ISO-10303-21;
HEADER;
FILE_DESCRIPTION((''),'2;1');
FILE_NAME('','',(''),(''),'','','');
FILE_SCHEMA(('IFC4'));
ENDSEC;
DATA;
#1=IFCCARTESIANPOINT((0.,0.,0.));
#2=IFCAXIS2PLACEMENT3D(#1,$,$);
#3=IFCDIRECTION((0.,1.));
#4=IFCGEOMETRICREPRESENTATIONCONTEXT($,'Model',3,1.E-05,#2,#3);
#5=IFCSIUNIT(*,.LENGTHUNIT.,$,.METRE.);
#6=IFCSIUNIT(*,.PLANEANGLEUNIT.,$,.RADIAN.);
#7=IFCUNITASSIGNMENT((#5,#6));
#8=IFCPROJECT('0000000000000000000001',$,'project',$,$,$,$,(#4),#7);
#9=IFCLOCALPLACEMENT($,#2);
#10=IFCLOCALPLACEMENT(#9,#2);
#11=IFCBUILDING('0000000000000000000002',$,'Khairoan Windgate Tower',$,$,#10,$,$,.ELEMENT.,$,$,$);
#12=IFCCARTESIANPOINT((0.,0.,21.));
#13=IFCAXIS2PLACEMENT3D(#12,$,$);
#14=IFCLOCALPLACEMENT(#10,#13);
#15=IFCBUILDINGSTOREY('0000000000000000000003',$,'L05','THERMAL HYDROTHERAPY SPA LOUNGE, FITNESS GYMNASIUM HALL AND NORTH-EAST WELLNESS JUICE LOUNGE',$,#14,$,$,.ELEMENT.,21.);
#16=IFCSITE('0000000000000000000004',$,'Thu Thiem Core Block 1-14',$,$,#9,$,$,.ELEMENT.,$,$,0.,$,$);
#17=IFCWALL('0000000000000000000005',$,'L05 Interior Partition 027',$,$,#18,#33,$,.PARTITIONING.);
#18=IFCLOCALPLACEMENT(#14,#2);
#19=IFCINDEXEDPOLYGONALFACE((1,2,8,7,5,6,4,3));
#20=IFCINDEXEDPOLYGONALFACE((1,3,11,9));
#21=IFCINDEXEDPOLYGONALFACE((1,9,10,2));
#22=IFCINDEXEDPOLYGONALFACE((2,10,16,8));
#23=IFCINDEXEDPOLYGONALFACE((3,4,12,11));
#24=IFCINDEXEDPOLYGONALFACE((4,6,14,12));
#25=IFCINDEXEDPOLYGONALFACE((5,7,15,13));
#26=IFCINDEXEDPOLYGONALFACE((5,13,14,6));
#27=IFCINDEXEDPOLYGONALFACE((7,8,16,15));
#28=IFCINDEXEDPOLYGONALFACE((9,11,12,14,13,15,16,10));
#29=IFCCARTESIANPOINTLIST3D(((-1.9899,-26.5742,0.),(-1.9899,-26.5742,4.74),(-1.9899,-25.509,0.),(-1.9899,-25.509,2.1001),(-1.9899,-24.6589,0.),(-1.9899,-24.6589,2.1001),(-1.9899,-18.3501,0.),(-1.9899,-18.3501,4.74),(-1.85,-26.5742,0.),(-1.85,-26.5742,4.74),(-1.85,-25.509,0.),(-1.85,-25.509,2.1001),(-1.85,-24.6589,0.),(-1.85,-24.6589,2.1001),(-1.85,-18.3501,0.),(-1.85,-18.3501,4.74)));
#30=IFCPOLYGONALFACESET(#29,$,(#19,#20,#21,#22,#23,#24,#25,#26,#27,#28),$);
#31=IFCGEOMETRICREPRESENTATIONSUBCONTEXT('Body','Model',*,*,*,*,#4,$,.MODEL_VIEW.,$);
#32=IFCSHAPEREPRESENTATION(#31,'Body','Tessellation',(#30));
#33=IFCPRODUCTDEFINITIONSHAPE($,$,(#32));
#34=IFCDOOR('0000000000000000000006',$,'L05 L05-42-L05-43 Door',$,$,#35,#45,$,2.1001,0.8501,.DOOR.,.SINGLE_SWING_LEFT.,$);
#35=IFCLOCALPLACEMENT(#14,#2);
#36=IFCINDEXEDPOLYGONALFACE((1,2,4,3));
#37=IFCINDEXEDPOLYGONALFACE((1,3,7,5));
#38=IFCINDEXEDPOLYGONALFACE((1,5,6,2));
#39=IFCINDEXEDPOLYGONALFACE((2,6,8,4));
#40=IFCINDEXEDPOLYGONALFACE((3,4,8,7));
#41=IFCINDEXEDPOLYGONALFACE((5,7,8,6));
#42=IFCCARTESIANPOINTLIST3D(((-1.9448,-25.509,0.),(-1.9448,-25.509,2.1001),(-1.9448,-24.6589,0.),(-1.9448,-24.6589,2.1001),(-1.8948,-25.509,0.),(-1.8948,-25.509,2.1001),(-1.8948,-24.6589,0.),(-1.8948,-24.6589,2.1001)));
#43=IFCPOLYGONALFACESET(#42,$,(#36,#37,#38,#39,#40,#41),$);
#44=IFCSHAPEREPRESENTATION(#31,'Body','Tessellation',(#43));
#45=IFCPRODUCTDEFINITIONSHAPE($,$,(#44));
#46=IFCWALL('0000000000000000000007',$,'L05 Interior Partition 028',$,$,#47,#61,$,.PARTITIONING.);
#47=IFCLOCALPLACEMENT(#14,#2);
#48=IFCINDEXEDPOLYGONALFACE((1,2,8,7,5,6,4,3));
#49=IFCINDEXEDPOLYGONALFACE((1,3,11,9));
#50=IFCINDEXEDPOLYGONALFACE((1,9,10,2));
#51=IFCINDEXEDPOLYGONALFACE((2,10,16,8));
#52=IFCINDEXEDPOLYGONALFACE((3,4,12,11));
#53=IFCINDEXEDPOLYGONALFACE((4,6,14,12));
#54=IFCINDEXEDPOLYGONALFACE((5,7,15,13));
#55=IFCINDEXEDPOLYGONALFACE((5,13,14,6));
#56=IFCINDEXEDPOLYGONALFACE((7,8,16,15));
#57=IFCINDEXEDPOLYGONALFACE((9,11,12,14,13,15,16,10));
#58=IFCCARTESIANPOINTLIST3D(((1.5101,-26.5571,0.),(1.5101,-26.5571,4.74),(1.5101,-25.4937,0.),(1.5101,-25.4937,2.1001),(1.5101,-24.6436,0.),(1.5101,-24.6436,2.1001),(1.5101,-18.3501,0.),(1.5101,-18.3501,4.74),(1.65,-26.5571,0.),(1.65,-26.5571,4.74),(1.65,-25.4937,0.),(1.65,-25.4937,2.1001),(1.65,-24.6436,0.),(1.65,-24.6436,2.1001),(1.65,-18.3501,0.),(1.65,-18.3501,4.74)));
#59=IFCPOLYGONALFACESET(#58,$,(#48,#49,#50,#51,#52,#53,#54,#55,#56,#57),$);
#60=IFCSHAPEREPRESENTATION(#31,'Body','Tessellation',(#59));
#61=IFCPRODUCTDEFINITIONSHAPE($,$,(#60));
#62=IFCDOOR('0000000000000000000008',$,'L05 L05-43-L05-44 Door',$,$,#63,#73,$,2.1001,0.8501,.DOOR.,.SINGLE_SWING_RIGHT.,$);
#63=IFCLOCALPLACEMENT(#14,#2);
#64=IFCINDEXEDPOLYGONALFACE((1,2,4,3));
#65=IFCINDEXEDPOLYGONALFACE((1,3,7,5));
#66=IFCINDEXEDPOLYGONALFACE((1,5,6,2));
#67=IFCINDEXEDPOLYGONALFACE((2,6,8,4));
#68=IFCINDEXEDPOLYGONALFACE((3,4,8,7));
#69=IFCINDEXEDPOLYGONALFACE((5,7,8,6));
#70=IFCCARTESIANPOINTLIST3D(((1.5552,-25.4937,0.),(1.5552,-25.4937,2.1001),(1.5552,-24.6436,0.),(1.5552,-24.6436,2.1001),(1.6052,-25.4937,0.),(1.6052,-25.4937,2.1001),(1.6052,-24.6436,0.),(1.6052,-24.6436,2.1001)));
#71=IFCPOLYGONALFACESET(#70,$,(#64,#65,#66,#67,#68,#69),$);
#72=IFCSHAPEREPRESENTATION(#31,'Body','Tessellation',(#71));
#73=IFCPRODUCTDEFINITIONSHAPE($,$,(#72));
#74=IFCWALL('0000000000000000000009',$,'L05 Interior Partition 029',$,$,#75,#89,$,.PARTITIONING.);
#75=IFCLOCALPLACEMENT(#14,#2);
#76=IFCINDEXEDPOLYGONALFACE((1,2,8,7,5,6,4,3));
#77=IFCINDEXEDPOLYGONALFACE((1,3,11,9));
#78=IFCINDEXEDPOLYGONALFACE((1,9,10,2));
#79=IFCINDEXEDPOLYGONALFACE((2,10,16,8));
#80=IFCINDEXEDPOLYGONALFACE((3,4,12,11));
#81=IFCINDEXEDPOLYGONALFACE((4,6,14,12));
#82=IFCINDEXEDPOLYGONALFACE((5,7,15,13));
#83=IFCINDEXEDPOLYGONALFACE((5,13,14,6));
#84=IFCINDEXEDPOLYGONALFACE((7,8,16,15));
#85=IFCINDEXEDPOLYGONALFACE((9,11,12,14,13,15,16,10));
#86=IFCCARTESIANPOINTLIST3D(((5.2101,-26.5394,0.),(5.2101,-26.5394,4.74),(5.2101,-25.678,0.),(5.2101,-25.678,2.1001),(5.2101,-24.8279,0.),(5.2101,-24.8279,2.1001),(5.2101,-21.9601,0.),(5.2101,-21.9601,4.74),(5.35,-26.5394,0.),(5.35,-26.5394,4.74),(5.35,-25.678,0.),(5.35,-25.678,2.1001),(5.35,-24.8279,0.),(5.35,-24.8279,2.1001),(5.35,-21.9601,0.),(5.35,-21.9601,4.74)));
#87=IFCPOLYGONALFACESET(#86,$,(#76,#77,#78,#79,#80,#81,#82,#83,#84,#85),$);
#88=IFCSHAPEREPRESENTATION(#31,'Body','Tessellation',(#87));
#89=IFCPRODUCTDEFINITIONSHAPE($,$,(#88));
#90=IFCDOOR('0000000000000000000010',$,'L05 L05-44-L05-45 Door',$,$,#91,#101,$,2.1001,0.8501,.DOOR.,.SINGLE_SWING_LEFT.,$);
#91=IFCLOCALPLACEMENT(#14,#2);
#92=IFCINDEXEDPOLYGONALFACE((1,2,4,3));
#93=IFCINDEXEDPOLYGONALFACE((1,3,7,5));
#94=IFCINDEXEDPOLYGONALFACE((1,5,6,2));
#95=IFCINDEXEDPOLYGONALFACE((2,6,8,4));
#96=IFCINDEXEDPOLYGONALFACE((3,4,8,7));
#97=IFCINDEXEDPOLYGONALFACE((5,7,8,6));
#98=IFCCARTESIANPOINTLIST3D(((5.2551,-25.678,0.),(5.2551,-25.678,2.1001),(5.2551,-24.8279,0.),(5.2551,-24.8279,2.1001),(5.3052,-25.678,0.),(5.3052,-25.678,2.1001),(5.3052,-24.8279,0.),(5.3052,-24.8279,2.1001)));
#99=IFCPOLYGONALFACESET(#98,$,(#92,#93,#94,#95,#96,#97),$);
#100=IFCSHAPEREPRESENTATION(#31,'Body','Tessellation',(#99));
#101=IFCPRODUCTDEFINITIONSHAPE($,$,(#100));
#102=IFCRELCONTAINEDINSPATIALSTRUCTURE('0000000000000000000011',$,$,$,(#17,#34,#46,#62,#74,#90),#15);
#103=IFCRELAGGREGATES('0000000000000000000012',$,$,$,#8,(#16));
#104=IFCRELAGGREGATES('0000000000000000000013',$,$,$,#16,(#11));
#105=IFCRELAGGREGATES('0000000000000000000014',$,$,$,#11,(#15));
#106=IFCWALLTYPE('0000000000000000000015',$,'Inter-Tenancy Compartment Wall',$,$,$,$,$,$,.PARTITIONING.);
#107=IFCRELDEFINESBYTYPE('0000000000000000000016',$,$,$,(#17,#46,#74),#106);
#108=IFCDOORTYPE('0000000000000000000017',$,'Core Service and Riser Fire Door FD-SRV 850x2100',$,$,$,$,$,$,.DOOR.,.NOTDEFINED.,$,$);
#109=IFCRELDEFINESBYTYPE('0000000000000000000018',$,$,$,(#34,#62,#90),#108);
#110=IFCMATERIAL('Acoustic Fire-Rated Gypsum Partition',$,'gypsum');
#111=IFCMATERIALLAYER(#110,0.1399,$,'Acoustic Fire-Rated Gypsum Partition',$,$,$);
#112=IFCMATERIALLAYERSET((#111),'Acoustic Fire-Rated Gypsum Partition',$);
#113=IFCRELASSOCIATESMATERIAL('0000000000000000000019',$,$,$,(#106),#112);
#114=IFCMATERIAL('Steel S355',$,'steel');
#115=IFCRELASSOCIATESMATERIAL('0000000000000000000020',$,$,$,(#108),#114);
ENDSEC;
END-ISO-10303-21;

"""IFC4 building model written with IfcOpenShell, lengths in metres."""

from ifc_helpers import new_model, si_unit, direction, frame, frame_2d, origin, place, context, subcontext, project, spatial, rectangle, extrude, material, layer, layer_set, type_object, element, fill, save


model = new_model("IFC4")

# Units and contexts
model_context = context("Model", 3, precision=1e-05, world=origin(), true_north=direction((0.0, 1.0)))
body_context = subcontext(model_context, "Body", "Model", "MODEL_VIEW")
ifc_project = project(units=[si_unit("LENGTHUNIT", "METRE"), si_unit("PLANEANGLEUNIT", "RADIAN")], contexts=[model_context])

# Site, building, storey
site_placement = place(None, origin())
site = spatial("IfcSite", under=ifc_project, at=site_placement, Name="Thu Thiem Core Block 1-14", CompositionType="ELEMENT", RefElevation=0.0)
building_placement = place(site_placement, origin())
building = spatial("IfcBuilding", under=site, at=building_placement, Name="Khairoan Windgate Tower", CompositionType="ELEMENT")
storey_placement = place(building_placement, frame((0.0, 0.0, 21.0)))
storey = spatial("IfcBuildingStorey", under=building, at=storey_placement, Name="L05", Description="THERMAL HYDROTHERAPY SPA LOUNGE, FITNESS GYMNASIUM HALL AND NORTH-EAST WELLNESS JUICE LOUNGE", CompositionType="ELEMENT", Elevation=21.0)

# Walls, openings, doors
ifc_material_1 = material(Name="Acoustic Fire-Rated Gypsum Partition", Category="gypsum")
ifc_layer_1 = layer(ifc_material_1, 0.1399, Name="Acoustic Fire-Rated Gypsum Partition")
ifc_layer_set_1 = layer_set([ifc_layer_1], Name="Acoustic Fire-Rated Gypsum Partition")
wall_type_1 = type_object("IfcWallType", Name="Inter-Tenancy Compartment Wall", PredefinedType="PARTITIONING", material=ifc_layer_set_1)
wall_1_placement = place(storey_placement, frame((-1.9199, -26.5742, 0.0), z_axis=(0.0, 0.0, 1.0), x_axis=(0.0, 1.0, 0.0)))
wall_1 = element("IfcWall", 1, at=wall_1_placement, inside=storey, type_object=wall_type_1, Name="L05 Interior Partition 027", PredefinedType="PARTITIONING", context=body_context, shape_type="SweptSolid", body=[
    extrude(rectangle(XDim=8.2241, YDim=0.1399, at=frame_2d((4.1121, 0.0))), origin(), (0.0, 0.0, 1.0), 4.74),
])
opening_1_placement = place(wall_1_placement, frame((1.0652, 0.0, 0.0)))
opening_1 = element("IfcOpeningElement", 2, at=opening_1_placement, cuts=wall_1, PredefinedType="OPENING", context=body_context, shape_type="SweptSolid", body=[
    extrude(rectangle(XDim=0.8501, YDim=2.1001, at=frame_2d((0.425, 1.05))), frame((0.0, 0.0798, 0.0), z_axis=(0.0, -1.0, 0.0), x_axis=(1.0, 0.0, 0.0)), (0.0, 0.0, 1.0), 0.1599),
])
ifc_material_2 = material(Name="Steel S355", Category="steel")
door_type = type_object("IfcDoorType", Name="Core Service and Riser Fire Door FD-SRV 850x2100", OperationType="NOTDEFINED", PredefinedType="DOOR", material=ifc_material_2)
door_1_placement = place(opening_1_placement, origin())
door_1 = element("IfcDoor", 3, at=door_1_placement, inside=storey, type_object=door_type, Name="L05 L05-42-L05-43 Door", OperationType="SINGLE_SWING_LEFT", OverallHeight=2.1001, OverallWidth=0.8501, PredefinedType="DOOR", context=body_context, shape_type="SweptSolid", body=[
    extrude(rectangle(XDim=0.8501, YDim=2.1001, at=frame_2d((0.425, 1.05))), frame((0.0, 0.0249, 0.0), z_axis=(0.0, -1.0, 0.0), x_axis=(1.0, 0.0, 0.0)), (0.0, 0.0, 1.0), 0.05),
])
fill(opening_1, door_1)
wall_2_placement = place(storey_placement, frame((1.5801, -26.5571, 0.0), z_axis=(0.0, 0.0, 1.0), x_axis=(0.0, 1.0, 0.0)))
wall_2 = element("IfcWall", 4, at=wall_2_placement, inside=storey, type_object=wall_type_1, Name="L05 Interior Partition 028", PredefinedType="PARTITIONING", context=body_context, shape_type="SweptSolid", body=[
    extrude(rectangle(XDim=8.207, YDim=0.1399, at=frame_2d((4.1035, 0.0))), origin(), (0.0, 0.0, 1.0), 4.74),
])
opening_2_placement = place(wall_2_placement, frame((1.0635, 0.0, 0.0)))
opening_2 = element("IfcOpeningElement", 5, at=opening_2_placement, cuts=wall_2, PredefinedType="OPENING", context=body_context, shape_type="SweptSolid", body=[
    extrude(rectangle(XDim=0.8501, YDim=2.1001, at=frame_2d((0.425, 1.05))), frame((0.0, 0.0798, 0.0), z_axis=(0.0, -1.0, 0.0), x_axis=(1.0, 0.0, 0.0)), (0.0, 0.0, 1.0), 0.1599),
])
door_2_placement = place(opening_2_placement, origin())
door_2 = element("IfcDoor", 6, at=door_2_placement, inside=storey, type_object=door_type, Name="L05 L05-43-L05-44 Door", OperationType="SINGLE_SWING_RIGHT", OverallHeight=2.1001, OverallWidth=0.8501, PredefinedType="DOOR", context=body_context, shape_type="SweptSolid", body=[
    extrude(rectangle(XDim=0.8501, YDim=2.1001, at=frame_2d((0.425, 1.05))), frame((0.0, 0.0249, 0.0), z_axis=(0.0, -1.0, 0.0), x_axis=(1.0, 0.0, 0.0)), (0.0, 0.0, 1.0), 0.05),
])
fill(opening_2, door_2)
wall_3_placement = place(storey_placement, frame((5.28, -26.5393, 0.0), z_axis=(0.0, 0.0, 1.0), x_axis=(0.0, 1.0, 0.0)))
wall_3 = element("IfcWall", 7, at=wall_3_placement, inside=storey, type_object=wall_type_1, Name="L05 Interior Partition 029", PredefinedType="PARTITIONING", context=body_context, shape_type="SweptSolid", body=[
    extrude(rectangle(XDim=4.5793, YDim=0.1399, at=frame_2d((2.2896, 0.0))), origin(), (0.0, 0.0, 1.0), 4.74),
])
opening_3_placement = place(wall_3_placement, frame((0.8613, 0.0, 0.0)))
opening_3 = element("IfcOpeningElement", 8, at=opening_3_placement, cuts=wall_3, PredefinedType="OPENING", context=body_context, shape_type="SweptSolid", body=[
    extrude(rectangle(XDim=0.8501, YDim=2.1001, at=frame_2d((0.425, 1.05))), frame((0.0, 0.0798, 0.0), z_axis=(0.0, -1.0, 0.0), x_axis=(1.0, 0.0, 0.0)), (0.0, 0.0, 1.0), 0.1599),
])
door_3_placement = place(opening_3_placement, origin())
door_3 = element("IfcDoor", 9, at=door_3_placement, inside=storey, type_object=door_type, Name="L05 L05-44-L05-45 Door", OperationType="SINGLE_SWING_LEFT", OverallHeight=2.1001, OverallWidth=0.8501, PredefinedType="DOOR", context=body_context, shape_type="SweptSolid", body=[
    extrude(rectangle(XDim=0.8501, YDim=2.1001, at=frame_2d((0.425, 1.05))), frame((0.0, 0.0249, 0.0), z_axis=(0.0, -1.0, 0.0), x_axis=(1.0, 0.0, 0.0)), (0.0, 0.0, 1.0), 0.05),
])
fill(opening_3, door_3)

save(model, "model.ifc")
